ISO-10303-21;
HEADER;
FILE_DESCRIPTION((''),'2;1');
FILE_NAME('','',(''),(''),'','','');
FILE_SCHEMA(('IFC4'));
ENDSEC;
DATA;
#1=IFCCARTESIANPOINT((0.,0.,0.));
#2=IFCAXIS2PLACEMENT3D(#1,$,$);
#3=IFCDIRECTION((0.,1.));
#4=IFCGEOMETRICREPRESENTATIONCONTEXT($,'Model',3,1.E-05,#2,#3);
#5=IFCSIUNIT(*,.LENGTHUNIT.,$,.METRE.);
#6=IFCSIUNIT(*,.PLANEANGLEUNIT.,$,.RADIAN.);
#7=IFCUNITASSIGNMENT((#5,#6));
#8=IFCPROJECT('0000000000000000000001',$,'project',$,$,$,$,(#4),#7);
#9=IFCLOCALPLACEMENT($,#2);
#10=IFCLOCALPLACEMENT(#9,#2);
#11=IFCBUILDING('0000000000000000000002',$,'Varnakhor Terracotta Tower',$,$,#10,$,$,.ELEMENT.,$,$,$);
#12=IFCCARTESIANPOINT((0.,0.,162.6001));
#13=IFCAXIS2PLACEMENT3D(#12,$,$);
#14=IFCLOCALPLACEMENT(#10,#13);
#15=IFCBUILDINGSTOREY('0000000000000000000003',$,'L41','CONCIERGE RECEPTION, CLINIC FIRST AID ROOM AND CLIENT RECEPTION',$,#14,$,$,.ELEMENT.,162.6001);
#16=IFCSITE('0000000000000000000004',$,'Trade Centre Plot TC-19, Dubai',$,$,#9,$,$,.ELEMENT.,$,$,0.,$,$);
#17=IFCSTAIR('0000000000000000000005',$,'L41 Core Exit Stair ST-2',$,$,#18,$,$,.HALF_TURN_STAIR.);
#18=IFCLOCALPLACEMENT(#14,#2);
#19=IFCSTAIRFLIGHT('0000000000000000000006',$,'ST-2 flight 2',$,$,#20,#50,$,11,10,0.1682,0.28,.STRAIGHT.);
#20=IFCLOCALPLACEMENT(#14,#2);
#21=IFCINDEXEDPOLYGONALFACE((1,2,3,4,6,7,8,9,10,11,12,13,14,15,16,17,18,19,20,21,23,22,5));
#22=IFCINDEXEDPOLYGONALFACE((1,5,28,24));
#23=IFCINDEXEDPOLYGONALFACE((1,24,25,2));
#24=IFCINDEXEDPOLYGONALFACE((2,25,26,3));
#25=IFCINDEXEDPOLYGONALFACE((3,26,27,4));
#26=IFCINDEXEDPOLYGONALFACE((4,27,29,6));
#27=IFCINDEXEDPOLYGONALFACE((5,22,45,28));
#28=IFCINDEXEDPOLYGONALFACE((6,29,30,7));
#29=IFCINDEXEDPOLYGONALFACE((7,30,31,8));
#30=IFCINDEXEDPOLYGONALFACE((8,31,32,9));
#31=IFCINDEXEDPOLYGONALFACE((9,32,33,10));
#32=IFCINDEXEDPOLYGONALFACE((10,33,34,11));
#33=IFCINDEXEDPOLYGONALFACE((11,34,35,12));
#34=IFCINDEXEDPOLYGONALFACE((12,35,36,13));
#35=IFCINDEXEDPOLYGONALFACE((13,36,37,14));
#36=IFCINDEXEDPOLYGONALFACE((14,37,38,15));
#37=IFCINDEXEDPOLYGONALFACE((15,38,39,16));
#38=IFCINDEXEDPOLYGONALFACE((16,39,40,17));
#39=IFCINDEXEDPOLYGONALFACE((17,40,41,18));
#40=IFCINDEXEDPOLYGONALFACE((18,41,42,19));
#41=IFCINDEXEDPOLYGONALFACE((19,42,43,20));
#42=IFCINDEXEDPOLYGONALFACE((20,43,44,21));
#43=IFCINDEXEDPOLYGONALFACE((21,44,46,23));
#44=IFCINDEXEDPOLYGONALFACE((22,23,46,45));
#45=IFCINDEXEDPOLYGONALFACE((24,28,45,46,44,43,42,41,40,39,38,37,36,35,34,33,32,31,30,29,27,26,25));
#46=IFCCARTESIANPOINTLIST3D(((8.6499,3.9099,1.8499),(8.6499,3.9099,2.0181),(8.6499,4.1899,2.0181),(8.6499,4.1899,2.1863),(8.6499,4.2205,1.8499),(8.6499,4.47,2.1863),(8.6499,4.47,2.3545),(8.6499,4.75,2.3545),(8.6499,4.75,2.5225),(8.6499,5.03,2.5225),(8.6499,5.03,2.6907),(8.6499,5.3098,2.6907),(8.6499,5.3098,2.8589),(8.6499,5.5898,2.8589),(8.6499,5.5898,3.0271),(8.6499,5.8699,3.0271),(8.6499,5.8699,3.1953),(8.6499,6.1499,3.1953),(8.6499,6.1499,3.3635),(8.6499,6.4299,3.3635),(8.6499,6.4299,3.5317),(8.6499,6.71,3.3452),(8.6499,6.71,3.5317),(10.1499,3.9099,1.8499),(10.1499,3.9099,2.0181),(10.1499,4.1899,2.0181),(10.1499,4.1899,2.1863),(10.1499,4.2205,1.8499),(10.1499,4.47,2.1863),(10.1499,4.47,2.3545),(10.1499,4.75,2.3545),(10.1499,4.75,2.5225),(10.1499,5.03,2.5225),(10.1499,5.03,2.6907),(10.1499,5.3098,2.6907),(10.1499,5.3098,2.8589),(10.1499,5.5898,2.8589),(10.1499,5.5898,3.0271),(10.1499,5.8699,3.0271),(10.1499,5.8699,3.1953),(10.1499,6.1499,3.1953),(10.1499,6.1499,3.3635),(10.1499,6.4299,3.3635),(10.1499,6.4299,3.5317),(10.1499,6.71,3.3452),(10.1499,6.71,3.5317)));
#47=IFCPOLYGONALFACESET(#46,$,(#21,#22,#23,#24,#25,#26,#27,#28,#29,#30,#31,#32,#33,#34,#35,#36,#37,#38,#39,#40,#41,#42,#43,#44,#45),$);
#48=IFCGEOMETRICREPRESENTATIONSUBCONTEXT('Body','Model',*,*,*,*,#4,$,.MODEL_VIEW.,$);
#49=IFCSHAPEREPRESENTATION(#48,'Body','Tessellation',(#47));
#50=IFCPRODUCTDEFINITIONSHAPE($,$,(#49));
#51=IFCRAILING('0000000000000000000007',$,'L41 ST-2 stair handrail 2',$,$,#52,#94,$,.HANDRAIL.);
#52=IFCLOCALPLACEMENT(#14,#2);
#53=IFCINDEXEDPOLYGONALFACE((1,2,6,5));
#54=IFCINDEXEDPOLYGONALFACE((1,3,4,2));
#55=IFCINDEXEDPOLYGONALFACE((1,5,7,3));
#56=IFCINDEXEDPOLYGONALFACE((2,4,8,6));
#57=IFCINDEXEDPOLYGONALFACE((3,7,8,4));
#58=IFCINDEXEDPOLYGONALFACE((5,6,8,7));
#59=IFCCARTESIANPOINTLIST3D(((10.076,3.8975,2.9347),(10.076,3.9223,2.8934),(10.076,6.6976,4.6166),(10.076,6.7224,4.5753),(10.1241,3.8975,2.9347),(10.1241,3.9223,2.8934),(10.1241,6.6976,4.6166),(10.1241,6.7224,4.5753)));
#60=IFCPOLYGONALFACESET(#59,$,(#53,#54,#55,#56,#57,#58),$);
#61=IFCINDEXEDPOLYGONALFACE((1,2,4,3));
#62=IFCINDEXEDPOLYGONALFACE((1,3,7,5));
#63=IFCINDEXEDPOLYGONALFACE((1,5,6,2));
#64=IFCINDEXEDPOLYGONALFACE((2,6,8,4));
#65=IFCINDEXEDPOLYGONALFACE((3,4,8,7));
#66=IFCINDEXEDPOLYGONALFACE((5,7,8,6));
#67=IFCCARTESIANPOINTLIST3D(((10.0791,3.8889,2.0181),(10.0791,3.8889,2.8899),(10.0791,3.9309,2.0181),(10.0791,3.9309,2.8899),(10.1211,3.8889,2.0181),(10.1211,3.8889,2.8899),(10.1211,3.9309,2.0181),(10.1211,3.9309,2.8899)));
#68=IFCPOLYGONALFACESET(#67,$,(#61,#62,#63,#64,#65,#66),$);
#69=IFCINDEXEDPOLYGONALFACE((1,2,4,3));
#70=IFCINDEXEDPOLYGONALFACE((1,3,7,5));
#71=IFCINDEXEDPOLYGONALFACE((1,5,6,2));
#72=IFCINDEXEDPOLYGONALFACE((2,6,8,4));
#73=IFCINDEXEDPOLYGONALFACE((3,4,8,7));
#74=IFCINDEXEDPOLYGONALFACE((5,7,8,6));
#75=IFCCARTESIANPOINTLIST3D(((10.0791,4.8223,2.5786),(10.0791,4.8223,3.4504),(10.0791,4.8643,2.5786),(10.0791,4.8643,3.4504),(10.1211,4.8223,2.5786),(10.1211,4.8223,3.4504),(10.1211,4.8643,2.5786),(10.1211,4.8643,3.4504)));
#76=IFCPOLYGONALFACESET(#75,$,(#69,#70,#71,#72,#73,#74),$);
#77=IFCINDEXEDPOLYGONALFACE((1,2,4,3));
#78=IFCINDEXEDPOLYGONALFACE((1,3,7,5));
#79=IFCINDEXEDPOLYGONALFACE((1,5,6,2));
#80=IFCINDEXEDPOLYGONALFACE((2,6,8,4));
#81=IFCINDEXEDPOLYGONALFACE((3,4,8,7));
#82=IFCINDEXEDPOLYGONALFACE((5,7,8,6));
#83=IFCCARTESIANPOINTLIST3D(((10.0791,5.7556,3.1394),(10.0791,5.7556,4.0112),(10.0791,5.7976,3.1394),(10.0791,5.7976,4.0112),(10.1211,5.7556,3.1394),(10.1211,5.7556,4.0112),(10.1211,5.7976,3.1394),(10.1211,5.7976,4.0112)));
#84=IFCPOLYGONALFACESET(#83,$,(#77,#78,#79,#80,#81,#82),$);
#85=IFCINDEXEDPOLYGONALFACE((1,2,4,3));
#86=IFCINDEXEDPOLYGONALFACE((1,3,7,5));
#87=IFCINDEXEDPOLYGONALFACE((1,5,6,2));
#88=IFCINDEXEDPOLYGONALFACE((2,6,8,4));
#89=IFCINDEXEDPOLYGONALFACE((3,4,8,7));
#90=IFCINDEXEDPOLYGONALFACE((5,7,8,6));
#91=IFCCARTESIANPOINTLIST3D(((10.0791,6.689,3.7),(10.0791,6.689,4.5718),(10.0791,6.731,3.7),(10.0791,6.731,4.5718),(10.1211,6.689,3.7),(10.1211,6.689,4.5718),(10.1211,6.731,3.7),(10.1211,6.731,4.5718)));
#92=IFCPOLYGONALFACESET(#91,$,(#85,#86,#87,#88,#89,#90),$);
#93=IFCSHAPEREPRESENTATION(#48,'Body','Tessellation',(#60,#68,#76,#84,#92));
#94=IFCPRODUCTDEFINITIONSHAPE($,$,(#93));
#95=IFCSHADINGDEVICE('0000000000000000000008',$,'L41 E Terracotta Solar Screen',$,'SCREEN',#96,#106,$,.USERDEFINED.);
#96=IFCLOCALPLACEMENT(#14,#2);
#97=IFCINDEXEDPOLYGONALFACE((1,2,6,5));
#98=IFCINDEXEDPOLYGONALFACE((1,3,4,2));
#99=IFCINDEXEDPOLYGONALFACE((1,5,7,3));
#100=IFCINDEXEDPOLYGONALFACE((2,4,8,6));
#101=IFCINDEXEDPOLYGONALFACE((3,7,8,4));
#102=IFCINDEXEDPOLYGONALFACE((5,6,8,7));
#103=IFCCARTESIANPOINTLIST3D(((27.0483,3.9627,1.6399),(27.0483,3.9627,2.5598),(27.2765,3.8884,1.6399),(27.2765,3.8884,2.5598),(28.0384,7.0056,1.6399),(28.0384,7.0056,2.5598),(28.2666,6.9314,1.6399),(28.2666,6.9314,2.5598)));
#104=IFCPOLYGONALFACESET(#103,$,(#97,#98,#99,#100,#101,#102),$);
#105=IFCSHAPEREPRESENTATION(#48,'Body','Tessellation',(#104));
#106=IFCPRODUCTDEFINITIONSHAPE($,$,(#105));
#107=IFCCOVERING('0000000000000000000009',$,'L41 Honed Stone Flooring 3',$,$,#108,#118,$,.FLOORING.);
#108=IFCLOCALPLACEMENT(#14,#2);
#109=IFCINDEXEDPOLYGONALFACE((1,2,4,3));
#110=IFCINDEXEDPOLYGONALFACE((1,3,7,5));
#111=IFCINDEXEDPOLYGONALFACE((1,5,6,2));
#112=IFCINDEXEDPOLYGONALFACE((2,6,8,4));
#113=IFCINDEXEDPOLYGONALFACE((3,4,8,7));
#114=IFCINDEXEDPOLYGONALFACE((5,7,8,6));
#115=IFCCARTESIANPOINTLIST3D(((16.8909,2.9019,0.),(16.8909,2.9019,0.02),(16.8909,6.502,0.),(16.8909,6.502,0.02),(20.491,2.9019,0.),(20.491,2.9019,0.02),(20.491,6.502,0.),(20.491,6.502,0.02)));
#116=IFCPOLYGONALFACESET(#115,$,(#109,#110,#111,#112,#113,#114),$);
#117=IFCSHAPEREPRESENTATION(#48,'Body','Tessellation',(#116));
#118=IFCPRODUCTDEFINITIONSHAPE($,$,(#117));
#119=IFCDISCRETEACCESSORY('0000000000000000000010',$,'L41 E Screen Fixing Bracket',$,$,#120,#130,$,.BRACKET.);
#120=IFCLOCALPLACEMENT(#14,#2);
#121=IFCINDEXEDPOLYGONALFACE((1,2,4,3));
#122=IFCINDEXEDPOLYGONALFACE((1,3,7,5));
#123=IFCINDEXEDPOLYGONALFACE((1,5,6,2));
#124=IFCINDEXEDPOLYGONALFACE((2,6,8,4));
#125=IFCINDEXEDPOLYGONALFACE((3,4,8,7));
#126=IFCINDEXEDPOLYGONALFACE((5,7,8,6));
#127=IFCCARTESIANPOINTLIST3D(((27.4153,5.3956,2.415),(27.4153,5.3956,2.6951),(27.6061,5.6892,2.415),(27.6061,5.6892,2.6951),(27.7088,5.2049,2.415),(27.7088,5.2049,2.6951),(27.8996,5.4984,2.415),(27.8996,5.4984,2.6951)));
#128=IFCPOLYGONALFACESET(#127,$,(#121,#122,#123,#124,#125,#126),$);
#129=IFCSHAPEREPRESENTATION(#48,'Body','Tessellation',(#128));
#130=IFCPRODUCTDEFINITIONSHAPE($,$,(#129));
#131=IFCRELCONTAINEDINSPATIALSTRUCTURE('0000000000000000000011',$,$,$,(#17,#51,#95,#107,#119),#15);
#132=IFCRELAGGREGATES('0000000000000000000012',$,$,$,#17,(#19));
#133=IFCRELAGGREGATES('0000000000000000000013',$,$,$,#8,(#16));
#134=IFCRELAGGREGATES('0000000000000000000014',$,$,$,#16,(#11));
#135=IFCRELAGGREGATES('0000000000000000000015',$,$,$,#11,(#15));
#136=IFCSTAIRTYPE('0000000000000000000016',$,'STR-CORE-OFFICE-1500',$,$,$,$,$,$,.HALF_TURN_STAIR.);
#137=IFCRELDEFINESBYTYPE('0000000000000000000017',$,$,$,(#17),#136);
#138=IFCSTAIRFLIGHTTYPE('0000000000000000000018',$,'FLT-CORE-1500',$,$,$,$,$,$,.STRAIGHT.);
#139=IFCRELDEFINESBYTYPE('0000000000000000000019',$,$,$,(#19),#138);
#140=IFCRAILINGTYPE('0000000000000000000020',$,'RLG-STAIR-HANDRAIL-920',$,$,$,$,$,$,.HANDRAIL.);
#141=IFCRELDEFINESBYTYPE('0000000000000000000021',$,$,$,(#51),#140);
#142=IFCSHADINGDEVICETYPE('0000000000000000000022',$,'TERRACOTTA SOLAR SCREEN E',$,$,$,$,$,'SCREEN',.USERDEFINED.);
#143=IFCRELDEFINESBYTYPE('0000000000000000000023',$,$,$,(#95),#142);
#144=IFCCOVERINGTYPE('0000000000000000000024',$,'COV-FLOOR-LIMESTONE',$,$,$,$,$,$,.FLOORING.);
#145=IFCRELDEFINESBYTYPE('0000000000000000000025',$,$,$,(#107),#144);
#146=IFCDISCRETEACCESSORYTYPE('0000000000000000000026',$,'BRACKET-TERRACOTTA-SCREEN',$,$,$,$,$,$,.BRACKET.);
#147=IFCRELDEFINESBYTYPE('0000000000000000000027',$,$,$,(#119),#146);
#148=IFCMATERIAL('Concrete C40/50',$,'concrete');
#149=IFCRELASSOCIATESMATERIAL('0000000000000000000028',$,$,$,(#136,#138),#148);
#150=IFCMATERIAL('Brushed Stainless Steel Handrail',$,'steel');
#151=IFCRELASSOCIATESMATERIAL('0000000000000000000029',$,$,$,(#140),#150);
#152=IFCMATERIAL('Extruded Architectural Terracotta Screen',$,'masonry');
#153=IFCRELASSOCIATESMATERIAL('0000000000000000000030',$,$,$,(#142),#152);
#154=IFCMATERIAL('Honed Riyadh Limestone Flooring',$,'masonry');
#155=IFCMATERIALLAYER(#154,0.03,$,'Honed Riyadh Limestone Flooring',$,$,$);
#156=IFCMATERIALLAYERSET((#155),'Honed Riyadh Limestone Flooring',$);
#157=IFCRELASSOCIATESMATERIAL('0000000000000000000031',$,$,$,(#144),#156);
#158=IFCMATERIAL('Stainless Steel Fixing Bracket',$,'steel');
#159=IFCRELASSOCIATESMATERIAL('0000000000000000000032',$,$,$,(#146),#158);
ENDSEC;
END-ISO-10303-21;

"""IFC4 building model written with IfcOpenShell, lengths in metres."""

from ifc_helpers import new_model, si_unit, direction, frame, origin, origin_2d, place, context, subcontext, project, spatial, polyline, rectangle, outline, extrude, source, transform, mapped, material, layer, layer_set, type_object, type_shapes, element, aggregate, save


model = new_model("IFC4")

# Units and contexts
model_context = context("Model", 3, precision=1e-05, world=origin(), true_north=direction((0.0, 1.0)))
body_context = subcontext(model_context, "Body", "Model", "MODEL_VIEW")
ifc_project = project(units=[si_unit("LENGTHUNIT", "METRE"), si_unit("PLANEANGLEUNIT", "RADIAN")], contexts=[model_context])

# Site, building, storey
site_placement = place(None, origin())
site = spatial("IfcSite", under=ifc_project, at=site_placement, Name="Trade Centre Plot TC-19, Dubai", CompositionType="ELEMENT", RefElevation=0.0)
building_placement = place(site_placement, origin())
building = spatial("IfcBuilding", under=site, at=building_placement, Name="Varnakhor Terracotta Tower", CompositionType="ELEMENT")
storey_placement = place(building_placement, frame((0.0, 0.0, 162.6001)))
storey = spatial("IfcBuildingStorey", under=building, at=storey_placement, Name="L41", Description="CONCIERGE RECEPTION, CLINIC FIRST AID ROOM AND CLIENT RECEPTION", CompositionType="ELEMENT", Elevation=162.6001)

# Stair, stair flight
ifc_material_1 = material(Name="Concrete C40/50", Category="concrete")
stair_type = type_object("IfcStairType", Name="STR-CORE-OFFICE-1500", PredefinedType="HALF_TURN_STAIR", material=ifc_material_1)
stair_placement = place(storey_placement, origin())
stair = element("IfcStair", 1, at=stair_placement, inside=storey, type_object=stair_type, Name="L41 Core Exit Stair ST-2", PredefinedType="HALF_TURN_STAIR")
stair_flight_type = type_object("IfcStairFlightType", Name="FLT-CORE-1500", PredefinedType="STRAIGHT", material=ifc_material_1)
stair_flight_placement = place(storey_placement, frame((9.3999, 3.9099, 1.8499), z_axis=(0.0, 0.0, 1.0), x_axis=(0.0, 1.0, 0.0)))
stair_flight = element("IfcStairFlight", 2, at=stair_flight_placement, type_object=stair_flight_type, Name="ST-2 flight 2", NumberOfRisers=11, NumberOfTreads=10, PredefinedType="STRAIGHT", RiserHeight=0.1682, TreadLength=0.28, context=body_context, shape_type="SweptSolid", body=[
    extrude(outline(polyline([(0.0, 0.0), (0.0, 0.1682), (0.28, 0.1682), (0.28, 0.3364), (0.5601, 0.3364), (0.5601, 0.5046), (0.8401, 0.5046), (0.8401, 0.6726), (1.1201, 0.6726), (1.1201, 0.8408), (1.3999, 0.8408), (1.3999, 1.009), (1.6799, 1.009), (1.6799, 1.1772), (1.96, 1.1772), (1.96, 1.3455), (2.24, 1.3455), (2.24, 1.5137), (2.52, 1.5137), (2.52, 1.6819), (2.8, 1.6819), (2.8, 1.8501), (2.8, 1.4954), (0.3105, 0.0), (0.0, 0.0)])), frame((0.0, 0.75, 0.0), z_axis=(0.0, -1.0, 0.0), x_axis=(1.0, 0.0, 0.0)), (0.0, 0.0, 1.0), 1.5),
])
aggregate(stair, [stair_flight])

# Railing
ifc_material_2 = material(Name="Brushed Stainless Steel Handrail", Category="steel")
railing_type = type_object("IfcRailingType", Name="RLG-STAIR-HANDRAIL-920", PredefinedType="HANDRAIL", material=ifc_material_2)
railing_placement = place(storey_placement, frame((10.1001, 3.9099, 2.0181)))
element("IfcRailing", 3, at=railing_placement, inside=storey, type_object=railing_type, Name="L41 ST-2 stair handrail 2", PredefinedType="HANDRAIL", context=body_context, shape_type="SweptSolid", body=[
    extrude(rectangle(XDim=0.0481, YDim=0.0481, at=origin_2d()), frame((0.0, 0.0, 0.896), z_axis=(0.0, 0.857242, 0.514913), x_axis=(-1.0, 0.0, 0.0)), (0.0, 0.0, 1.0), 3.2664),
    extrude(rectangle(XDim=0.042, YDim=0.042, at=origin_2d()), origin(), (0.0, 0.0, 1.0), 0.8718),
    extrude(rectangle(XDim=0.042, YDim=0.042, at=origin_2d()), frame((0.0, 0.9333, 0.5605)), (0.0, 0.0, 1.0), 0.8718),
    extrude(rectangle(XDim=0.042, YDim=0.042, at=origin_2d()), frame((0.0, 1.8667, 1.1213)), (0.0, 0.0, 1.0), 0.8718),
    extrude(rectangle(XDim=0.042, YDim=0.042, at=origin_2d()), frame((0.0, 2.8, 1.6819)), (0.0, 0.0, 1.0), 0.8718),
])

# Shading device
ifc_material_3 = material(Name="Extruded Architectural Terracotta Screen", Category="masonry")
shading_device_type = type_object("IfcShadingDeviceType", Name="TERRACOTTA SOLAR SCREEN E", ElementType="SCREEN", PredefinedType="USERDEFINED", material=ifc_material_3)
shared_shape_1 = source(origin(), body_context, "Body", "SweptSolid", [
    extrude(rectangle(XDim=3.2, YDim=0.24, at=origin_2d()), origin(), (0.0, 0.0, 1.0), 0.9199),
])
type_shapes(shading_device_type, [shared_shape_1])
shading_device_placement = place(storey_placement, frame((27.6575, 5.447, 1.6399), z_axis=(0.0, 0.0, 1.0), x_axis=(0.309399, 0.950932, 0.0)))
element("IfcShadingDevice", 4, at=shading_device_placement, inside=storey, type_object=shading_device_type, Name="L41 E Terracotta Solar Screen", ObjectType="SCREEN", PredefinedType="USERDEFINED", context=body_context, shape_type="MappedRepresentation", body=[
    mapped(shared_shape_1, transform((0.0, 0.0, 0.0), scale=1.0)),
])

# Covering
ifc_material_4 = material(Name="Honed Riyadh Limestone Flooring", Category="masonry")
ifc_layer_1 = layer(ifc_material_4, 0.03, Name="Honed Riyadh Limestone Flooring")
ifc_layer_set_1 = layer_set([ifc_layer_1], Name="Honed Riyadh Limestone Flooring")
covering_type = type_object("IfcCoveringType", Name="COV-FLOOR-LIMESTONE", PredefinedType="FLOORING", material=ifc_layer_set_1)
shared_shape_2 = source(origin(), body_context, "Body", "SweptSolid", [
    extrude(rectangle(XDim=3.6001, YDim=3.6001, at=origin_2d()), origin(), (0.0, 0.0, 1.0), 0.02),
])
covering_placement = place(storey_placement, frame((18.6909, 4.7019, 0.0), z_axis=(0.0, 0.0, 1.0), x_axis=(1.0, 0.0, 0.0)))
element("IfcCovering", 5, at=covering_placement, inside=storey, type_object=covering_type, Name="L41 Honed Stone Flooring 3", PredefinedType="FLOORING", context=body_context, shape_type="MappedRepresentation", body=[
    mapped(shared_shape_2, transform((0.0, 0.0, 0.0), scale=1.0)),
])

# Discrete accessory
ifc_material_5 = material(Name="Stainless Steel Fixing Bracket", Category="steel")
discrete_accessory_type = type_object("IfcDiscreteAccessoryType", Name="BRACKET-TERRACOTTA-SCREEN", PredefinedType="BRACKET", material=ifc_material_5)
shared_shape_3 = source(origin(), body_context, "Body", "SweptSolid", [
    extrude(rectangle(XDim=0.3501, YDim=0.3501, at=origin_2d()), origin(), (0.0, 0.0, 1.0), 0.28),
])
type_shapes(discrete_accessory_type, [shared_shape_3])
discrete_accessory_placement = place(storey_placement, frame((27.6575, 5.447, 2.415), z_axis=(0.0, 0.0, 1.0), x_axis=(0.544976, 0.838452, 0.0)))
element("IfcDiscreteAccessory", 6, at=discrete_accessory_placement, inside=storey, type_object=discrete_accessory_type, Name="L41 E Screen Fixing Bracket", PredefinedType="BRACKET", context=body_context, shape_type="MappedRepresentation", body=[
    mapped(shared_shape_3, transform((0.0, 0.0, 0.0), scale=1.0)),
])

save(model, "model.ifc")
